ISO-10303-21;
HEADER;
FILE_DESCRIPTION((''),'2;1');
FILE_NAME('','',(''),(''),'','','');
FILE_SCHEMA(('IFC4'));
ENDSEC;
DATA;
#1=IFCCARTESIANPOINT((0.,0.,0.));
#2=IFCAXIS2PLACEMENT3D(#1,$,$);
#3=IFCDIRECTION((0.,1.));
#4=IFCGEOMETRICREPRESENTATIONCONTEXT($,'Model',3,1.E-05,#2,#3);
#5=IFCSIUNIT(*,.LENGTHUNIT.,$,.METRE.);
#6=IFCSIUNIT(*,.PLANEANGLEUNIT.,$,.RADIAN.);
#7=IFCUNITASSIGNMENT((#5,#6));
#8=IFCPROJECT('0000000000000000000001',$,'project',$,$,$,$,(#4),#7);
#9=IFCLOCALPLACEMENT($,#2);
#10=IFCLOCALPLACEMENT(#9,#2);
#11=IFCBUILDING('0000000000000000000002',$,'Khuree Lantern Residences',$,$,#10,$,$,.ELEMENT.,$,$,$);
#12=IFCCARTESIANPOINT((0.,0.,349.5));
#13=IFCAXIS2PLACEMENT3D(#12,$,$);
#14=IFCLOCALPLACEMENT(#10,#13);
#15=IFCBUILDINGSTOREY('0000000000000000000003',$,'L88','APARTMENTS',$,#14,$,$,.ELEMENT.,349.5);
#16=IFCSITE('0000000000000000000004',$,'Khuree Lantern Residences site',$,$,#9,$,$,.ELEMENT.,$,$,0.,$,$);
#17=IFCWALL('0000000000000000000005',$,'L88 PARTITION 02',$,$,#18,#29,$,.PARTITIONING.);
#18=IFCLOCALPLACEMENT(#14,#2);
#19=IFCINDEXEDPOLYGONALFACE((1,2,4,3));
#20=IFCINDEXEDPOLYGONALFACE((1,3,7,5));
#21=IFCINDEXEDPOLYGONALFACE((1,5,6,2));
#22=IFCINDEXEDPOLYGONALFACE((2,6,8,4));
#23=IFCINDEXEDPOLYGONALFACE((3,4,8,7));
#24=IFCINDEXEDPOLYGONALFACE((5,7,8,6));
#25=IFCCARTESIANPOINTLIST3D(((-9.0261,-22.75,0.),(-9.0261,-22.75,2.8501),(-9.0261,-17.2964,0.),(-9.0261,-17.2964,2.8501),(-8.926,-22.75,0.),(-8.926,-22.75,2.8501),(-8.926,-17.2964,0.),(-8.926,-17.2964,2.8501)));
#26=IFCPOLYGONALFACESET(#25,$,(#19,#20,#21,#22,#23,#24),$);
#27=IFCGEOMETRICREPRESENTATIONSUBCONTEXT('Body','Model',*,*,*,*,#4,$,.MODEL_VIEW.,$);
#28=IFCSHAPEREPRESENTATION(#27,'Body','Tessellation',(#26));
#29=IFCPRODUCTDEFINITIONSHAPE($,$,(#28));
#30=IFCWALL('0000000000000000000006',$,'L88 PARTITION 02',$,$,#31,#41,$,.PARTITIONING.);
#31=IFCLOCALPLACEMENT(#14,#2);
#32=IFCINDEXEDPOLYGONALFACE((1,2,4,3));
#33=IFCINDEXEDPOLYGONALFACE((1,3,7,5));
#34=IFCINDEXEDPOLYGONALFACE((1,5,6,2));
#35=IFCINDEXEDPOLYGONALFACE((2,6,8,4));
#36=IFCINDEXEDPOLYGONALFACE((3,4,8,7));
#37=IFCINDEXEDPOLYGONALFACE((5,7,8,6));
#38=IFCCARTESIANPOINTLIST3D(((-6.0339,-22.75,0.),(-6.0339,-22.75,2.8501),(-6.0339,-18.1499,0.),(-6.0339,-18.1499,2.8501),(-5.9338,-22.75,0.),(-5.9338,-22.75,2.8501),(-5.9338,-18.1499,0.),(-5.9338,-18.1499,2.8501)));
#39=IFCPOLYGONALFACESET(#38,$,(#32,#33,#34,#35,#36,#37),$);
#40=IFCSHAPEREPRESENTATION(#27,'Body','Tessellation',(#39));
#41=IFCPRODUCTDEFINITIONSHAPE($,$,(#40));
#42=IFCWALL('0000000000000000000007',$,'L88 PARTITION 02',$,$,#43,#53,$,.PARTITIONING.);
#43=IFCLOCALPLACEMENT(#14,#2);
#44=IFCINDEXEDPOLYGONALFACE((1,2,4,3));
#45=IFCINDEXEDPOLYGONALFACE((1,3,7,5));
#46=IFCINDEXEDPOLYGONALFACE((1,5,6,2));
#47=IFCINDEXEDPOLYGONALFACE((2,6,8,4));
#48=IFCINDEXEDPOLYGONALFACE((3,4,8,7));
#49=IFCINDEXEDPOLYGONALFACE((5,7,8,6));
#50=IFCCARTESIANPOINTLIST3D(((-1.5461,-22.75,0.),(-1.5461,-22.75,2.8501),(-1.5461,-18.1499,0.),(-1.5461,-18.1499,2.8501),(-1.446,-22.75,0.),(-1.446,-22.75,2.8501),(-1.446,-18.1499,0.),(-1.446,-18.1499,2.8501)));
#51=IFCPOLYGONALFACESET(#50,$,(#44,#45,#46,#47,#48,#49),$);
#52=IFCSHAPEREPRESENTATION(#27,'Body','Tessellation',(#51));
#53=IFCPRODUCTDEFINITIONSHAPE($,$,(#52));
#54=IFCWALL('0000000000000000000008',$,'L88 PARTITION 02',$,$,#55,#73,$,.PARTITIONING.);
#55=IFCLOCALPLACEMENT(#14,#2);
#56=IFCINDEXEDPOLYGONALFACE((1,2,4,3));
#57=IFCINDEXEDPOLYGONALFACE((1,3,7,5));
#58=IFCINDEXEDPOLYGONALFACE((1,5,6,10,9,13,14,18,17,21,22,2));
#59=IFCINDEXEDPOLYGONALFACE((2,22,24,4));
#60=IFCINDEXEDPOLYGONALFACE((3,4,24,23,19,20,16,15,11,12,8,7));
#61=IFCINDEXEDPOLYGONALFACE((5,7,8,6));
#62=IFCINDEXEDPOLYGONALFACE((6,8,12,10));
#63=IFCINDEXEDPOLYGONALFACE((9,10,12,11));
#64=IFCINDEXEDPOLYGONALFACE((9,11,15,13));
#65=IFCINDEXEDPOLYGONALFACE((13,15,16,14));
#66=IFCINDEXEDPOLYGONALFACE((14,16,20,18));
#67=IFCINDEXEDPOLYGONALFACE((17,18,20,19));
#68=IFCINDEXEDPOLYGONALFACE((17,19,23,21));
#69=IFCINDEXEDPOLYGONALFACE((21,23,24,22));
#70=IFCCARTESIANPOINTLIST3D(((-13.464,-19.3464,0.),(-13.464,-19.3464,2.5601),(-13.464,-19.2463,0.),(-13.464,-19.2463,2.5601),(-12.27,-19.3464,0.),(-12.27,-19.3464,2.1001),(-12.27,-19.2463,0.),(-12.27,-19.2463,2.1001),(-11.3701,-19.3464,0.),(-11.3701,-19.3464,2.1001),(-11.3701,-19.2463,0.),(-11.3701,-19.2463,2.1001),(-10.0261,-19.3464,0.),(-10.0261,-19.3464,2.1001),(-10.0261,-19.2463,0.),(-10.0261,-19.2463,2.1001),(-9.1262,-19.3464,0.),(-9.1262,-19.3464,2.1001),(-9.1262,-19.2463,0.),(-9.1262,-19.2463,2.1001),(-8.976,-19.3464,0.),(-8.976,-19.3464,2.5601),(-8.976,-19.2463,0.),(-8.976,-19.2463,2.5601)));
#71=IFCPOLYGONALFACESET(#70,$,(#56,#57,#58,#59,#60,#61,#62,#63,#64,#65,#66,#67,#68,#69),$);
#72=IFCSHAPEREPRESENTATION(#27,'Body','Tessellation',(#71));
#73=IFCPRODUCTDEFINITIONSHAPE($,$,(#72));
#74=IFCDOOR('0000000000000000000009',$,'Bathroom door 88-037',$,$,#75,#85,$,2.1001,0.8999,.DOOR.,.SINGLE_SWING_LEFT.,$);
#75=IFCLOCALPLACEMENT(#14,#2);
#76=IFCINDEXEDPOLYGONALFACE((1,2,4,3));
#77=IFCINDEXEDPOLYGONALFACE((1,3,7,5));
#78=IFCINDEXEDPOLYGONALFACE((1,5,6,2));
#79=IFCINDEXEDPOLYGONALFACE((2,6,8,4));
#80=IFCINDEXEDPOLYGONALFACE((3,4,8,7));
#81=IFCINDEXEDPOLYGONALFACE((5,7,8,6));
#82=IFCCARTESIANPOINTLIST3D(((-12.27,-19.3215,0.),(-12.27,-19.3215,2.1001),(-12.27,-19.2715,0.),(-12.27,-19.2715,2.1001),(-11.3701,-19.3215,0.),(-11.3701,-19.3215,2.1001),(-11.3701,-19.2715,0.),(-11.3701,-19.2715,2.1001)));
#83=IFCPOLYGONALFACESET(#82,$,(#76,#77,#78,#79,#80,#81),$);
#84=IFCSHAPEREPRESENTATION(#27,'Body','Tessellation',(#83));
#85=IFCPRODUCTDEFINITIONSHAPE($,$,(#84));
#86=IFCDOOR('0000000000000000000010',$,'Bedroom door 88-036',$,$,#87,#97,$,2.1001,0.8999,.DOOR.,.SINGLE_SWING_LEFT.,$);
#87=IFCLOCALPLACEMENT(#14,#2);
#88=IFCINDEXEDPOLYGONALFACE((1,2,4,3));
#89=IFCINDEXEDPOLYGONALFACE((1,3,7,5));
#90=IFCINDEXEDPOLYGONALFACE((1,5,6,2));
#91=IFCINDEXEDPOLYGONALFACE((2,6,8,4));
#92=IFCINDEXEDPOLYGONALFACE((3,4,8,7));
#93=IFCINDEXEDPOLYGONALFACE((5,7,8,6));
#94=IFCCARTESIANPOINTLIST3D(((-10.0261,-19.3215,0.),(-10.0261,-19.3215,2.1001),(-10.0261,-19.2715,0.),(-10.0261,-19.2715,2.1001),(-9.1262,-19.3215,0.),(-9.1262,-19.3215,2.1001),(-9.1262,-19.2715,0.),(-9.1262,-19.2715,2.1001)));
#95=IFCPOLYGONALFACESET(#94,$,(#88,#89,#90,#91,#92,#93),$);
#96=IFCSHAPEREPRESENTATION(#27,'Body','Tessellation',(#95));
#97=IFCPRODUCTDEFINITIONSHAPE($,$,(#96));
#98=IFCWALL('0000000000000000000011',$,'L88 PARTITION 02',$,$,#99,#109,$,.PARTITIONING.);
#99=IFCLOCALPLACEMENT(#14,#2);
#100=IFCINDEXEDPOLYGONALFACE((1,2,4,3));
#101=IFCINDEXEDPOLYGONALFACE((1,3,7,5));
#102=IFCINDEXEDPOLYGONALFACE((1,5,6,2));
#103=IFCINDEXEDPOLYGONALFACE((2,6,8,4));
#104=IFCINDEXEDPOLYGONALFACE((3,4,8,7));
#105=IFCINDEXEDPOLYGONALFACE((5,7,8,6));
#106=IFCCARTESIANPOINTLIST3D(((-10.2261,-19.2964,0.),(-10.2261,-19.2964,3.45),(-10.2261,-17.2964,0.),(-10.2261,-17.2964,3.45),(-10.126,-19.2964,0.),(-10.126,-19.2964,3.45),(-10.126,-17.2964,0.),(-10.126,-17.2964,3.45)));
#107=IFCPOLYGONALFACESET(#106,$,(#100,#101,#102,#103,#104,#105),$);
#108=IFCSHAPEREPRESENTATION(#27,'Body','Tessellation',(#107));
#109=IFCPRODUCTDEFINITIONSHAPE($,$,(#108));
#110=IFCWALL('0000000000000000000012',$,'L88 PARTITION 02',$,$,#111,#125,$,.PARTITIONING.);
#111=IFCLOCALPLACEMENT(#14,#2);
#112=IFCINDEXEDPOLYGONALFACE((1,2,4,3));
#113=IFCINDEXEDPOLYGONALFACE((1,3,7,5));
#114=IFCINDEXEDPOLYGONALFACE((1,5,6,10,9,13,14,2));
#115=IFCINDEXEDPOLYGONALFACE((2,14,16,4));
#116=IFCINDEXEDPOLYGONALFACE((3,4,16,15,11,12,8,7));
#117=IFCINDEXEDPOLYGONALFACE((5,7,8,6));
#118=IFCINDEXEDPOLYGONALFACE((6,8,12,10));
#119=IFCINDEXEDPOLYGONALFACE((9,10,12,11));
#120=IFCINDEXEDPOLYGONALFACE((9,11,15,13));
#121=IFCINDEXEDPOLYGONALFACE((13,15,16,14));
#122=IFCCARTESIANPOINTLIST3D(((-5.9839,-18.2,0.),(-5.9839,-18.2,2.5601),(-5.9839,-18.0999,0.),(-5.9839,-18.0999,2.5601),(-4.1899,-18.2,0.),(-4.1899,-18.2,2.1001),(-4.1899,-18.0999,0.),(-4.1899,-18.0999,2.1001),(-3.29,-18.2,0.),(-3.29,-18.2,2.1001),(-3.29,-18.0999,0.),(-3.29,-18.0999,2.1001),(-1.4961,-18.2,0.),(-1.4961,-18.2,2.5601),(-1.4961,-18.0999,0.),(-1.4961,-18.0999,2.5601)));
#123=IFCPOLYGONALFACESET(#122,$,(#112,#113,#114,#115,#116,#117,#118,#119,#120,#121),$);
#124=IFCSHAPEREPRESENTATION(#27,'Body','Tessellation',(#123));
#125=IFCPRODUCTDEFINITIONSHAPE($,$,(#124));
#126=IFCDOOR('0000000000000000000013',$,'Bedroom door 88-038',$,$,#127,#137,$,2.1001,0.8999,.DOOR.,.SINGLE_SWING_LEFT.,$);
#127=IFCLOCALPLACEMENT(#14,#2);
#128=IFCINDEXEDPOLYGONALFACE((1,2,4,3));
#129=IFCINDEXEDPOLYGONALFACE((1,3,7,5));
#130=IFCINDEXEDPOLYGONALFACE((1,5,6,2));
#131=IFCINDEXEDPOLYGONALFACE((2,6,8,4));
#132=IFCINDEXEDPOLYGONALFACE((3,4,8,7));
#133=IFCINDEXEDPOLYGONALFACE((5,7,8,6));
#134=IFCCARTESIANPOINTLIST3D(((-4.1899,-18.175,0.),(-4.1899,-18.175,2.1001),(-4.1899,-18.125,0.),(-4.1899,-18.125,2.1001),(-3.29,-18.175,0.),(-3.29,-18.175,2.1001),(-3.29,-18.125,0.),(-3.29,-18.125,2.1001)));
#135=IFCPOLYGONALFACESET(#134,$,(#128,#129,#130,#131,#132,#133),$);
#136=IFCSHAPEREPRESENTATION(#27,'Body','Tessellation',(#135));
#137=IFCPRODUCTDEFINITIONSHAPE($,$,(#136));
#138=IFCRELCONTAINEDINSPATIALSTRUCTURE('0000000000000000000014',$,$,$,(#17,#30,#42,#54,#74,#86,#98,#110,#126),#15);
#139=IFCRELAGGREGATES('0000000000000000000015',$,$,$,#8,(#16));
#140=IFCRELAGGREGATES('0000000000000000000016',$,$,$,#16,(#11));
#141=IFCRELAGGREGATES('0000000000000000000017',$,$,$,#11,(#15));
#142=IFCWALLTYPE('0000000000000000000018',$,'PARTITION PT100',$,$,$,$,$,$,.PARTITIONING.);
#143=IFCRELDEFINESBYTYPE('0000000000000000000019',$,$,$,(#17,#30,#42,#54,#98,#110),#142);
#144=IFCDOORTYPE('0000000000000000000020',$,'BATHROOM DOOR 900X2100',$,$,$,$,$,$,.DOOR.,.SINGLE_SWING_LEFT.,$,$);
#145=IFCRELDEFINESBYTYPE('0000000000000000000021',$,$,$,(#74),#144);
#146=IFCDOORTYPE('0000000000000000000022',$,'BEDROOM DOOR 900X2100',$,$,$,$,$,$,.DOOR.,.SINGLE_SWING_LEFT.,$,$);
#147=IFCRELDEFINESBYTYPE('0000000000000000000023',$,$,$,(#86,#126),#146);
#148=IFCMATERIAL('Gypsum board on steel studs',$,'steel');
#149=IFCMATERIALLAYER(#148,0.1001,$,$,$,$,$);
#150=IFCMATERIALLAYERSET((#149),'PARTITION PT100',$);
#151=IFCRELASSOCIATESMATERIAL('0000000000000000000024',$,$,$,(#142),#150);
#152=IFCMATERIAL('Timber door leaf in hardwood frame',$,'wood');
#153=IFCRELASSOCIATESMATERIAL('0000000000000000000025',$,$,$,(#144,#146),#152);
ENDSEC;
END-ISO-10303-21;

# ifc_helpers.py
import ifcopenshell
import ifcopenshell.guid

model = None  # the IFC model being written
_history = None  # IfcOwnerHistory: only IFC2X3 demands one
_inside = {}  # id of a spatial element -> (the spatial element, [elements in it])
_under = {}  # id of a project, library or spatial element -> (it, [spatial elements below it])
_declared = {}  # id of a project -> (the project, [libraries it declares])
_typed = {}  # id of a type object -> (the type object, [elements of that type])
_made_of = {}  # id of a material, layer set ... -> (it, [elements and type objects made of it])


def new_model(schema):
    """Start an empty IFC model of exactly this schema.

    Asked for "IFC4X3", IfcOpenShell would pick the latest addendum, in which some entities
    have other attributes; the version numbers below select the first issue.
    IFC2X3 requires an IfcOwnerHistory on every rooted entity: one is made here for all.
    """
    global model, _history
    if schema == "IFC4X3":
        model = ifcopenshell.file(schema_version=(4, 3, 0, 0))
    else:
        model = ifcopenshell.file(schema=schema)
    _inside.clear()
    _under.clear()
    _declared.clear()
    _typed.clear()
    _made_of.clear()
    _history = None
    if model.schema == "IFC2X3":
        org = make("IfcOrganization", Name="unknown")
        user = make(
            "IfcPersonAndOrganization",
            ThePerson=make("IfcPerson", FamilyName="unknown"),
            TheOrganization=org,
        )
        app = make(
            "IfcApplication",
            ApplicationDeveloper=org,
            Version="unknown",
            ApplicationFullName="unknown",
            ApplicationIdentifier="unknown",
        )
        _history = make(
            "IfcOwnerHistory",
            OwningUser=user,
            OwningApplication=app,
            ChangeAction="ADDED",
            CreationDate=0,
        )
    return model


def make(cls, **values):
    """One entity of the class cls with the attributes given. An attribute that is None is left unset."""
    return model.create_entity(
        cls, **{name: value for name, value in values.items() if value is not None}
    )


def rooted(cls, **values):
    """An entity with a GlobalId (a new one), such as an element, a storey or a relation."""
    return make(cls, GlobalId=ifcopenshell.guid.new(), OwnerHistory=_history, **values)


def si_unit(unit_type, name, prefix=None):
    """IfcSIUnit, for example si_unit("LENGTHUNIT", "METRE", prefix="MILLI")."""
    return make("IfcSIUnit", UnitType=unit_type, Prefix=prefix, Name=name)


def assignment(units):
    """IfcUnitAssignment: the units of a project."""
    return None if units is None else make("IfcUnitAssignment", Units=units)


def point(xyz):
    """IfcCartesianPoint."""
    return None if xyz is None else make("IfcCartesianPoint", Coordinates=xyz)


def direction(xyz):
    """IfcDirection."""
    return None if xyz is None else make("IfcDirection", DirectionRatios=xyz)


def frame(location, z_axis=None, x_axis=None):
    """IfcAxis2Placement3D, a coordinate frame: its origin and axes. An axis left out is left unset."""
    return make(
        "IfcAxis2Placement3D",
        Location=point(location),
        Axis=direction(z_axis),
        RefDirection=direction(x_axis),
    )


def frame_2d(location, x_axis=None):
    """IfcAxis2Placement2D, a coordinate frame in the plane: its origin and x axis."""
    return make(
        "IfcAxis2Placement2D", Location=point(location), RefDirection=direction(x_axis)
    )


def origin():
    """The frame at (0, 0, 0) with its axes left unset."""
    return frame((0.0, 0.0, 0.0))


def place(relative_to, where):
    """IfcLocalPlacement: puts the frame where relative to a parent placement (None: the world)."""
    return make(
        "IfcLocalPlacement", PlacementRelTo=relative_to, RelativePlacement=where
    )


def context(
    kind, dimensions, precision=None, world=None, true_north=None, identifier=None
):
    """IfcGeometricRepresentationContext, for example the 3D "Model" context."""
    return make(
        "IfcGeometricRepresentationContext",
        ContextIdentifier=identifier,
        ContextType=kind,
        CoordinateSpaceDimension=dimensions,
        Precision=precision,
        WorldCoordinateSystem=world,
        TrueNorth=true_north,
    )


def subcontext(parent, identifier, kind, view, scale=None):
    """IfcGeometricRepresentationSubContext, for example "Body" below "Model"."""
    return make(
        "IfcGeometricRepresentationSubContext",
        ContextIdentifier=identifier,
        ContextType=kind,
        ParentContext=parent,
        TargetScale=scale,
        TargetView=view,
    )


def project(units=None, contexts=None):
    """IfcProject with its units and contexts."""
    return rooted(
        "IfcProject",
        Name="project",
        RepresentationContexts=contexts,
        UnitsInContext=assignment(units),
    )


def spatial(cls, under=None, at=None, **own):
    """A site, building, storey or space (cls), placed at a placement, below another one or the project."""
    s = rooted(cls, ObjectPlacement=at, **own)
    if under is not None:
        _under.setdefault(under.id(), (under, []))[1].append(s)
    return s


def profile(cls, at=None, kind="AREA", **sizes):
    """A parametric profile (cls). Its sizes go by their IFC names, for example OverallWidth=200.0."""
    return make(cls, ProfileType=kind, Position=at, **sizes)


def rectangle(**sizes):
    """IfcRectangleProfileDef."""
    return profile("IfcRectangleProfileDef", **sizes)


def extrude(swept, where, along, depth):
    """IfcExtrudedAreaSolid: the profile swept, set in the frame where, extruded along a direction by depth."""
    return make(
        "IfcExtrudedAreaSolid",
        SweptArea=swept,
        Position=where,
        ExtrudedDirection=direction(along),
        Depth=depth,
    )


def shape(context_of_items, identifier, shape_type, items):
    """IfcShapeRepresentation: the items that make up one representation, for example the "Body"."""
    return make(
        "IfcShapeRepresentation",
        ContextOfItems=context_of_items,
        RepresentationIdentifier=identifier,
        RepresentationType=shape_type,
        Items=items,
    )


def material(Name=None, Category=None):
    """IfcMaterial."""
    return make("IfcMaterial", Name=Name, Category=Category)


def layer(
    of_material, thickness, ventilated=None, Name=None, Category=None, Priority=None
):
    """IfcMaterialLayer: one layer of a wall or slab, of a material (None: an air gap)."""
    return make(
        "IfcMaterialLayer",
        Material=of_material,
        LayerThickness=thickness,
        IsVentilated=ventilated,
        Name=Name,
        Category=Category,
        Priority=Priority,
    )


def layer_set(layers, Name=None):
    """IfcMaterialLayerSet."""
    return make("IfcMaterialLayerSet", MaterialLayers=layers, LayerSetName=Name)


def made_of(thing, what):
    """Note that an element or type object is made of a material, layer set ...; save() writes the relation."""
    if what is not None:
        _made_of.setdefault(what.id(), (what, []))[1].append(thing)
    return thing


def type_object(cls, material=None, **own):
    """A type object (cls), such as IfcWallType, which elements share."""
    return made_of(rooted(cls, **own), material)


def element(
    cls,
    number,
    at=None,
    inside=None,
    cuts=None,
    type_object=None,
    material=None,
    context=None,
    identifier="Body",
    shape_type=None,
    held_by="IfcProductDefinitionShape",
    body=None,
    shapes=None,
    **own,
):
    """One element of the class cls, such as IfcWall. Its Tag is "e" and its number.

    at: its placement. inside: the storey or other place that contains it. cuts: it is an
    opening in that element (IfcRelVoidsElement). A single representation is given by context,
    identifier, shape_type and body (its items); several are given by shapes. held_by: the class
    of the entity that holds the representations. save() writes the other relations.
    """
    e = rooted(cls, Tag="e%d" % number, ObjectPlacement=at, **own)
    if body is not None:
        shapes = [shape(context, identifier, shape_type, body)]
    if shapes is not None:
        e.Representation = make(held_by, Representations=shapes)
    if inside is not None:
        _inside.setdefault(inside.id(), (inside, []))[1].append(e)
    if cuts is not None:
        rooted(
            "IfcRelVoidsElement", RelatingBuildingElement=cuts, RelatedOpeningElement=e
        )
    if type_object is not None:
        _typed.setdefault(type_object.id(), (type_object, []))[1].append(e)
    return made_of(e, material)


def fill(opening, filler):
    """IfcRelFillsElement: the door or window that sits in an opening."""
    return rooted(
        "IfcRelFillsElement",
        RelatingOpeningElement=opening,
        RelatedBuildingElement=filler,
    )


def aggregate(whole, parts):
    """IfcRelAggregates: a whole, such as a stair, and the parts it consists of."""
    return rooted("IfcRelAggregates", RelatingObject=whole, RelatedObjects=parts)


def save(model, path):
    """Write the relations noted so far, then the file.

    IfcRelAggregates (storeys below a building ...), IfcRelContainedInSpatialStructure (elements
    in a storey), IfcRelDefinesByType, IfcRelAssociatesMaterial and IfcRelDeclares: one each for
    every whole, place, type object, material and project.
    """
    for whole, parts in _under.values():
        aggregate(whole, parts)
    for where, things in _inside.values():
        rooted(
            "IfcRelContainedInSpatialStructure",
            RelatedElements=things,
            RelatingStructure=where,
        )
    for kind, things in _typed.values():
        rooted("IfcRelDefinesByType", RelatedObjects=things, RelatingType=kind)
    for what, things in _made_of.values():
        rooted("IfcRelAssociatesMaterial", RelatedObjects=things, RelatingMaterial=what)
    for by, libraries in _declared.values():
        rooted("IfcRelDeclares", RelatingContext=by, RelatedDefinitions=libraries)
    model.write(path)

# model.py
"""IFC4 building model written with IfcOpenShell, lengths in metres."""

from ifc_helpers import new_model, si_unit, direction, frame, frame_2d, origin, place, context, subcontext, project, spatial, rectangle, extrude, material, layer, layer_set, type_object, element, fill, save


model = new_model("IFC4")

# Units and contexts
model_context = context("Model", 3, precision=1e-05, world=origin(), true_north=direction((0.0, 1.0)))
body_context = subcontext(model_context, "Body", "Model", "MODEL_VIEW")
ifc_project = project(units=[si_unit("LENGTHUNIT", "METRE"), si_unit("PLANEANGLEUNIT", "RADIAN")], contexts=[model_context])

# Site, building, storey
site_placement = place(None, origin())
site = spatial("IfcSite", under=ifc_project, at=site_placement, Name="Khuree Lantern Residences site", CompositionType="ELEMENT", RefElevation=0.0)
building_placement = place(site_placement, origin())
building = spatial("IfcBuilding", under=site, at=building_placement, Name="Khuree Lantern Residences", CompositionType="ELEMENT")
storey_placement = place(building_placement, frame((0.0, 0.0, 349.5)))
storey = spatial("IfcBuildingStorey", under=building, at=storey_placement, Name="L88", Description="APARTMENTS", CompositionType="ELEMENT", Elevation=349.5)

# Walls
ifc_material_1 = material(Name="Gypsum board on steel studs", Category="steel")
ifc_layer_1 = layer(ifc_material_1, 0.1001)
ifc_layer_set_1 = layer_set([ifc_layer_1], Name="PARTITION PT100")
wall_type_1 = type_object("IfcWallType", Name="PARTITION PT100", PredefinedType="PARTITIONING", material=ifc_layer_set_1)
for number, where, z_axis, x_axis, name in (
    (1, (-8.9761, -17.2964, 0.0), (0.0, 0.0, 1.0), (0.0, -1.0, 0.0), "L88 PARTITION 02"),
):
    element("IfcWall", number, at=place(storey_placement, frame(where, z_axis=z_axis, x_axis=x_axis)), inside=storey, type_object=wall_type_1, Name=name, PredefinedType="PARTITIONING", context=body_context, shape_type="SweptSolid", body=[
        extrude(rectangle(XDim=5.4536, YDim=0.1001, at=frame_2d((2.7268, 0.0))), origin(), (0.0, 0.0, 1.0), 2.8501),
    ])
for number, where, z_axis, x_axis, name in (
    (2, (-5.9839, -18.1499, 0.0), (0.0, 0.0, 1.0), (0.0, -1.0, 0.0), "L88 PARTITION 02"),
    (3, (-1.4961, -18.1499, 0.0), (0.0, 0.0, 1.0), (0.0, -1.0, 0.0), "L88 PARTITION 02"),
):
    element("IfcWall", number, at=place(storey_placement, frame(where, z_axis=z_axis, x_axis=x_axis)), inside=storey, type_object=wall_type_1, Name=name, PredefinedType="PARTITIONING", context=body_context, shape_type="SweptSolid", body=[
        extrude(rectangle(XDim=4.6001, YDim=0.1001, at=frame_2d((2.3, 0.0))), origin(), (0.0, 0.0, 1.0), 2.8501),
    ])

# Wall, openings, doors
wall_1_placement = place(storey_placement, frame((-13.4641, -19.2964, 0.0), z_axis=(0.0, 0.0, 1.0), x_axis=(1.0, 0.0, 0.0)))
wall_1 = element("IfcWall", 4, at=wall_1_placement, inside=storey, type_object=wall_type_1, Name="L88 PARTITION 02", PredefinedType="PARTITIONING", context=body_context, shape_type="SweptSolid", body=[
    extrude(rectangle(XDim=4.488, YDim=0.1001, at=frame_2d((2.2441, 0.0))), origin(), (0.0, 0.0, 1.0), 2.5601),
])
opening_1_placement = place(wall_1_placement, frame((3.438, 0.0, 0.0)))
opening_1 = element("IfcOpeningElement", 5, at=opening_1_placement, cuts=wall_1, PredefinedType="OPENING", context=body_context, shape_type="SweptSolid", body=[
    extrude(rectangle(XDim=0.8999, YDim=2.1001, at=frame_2d((0.45, 1.05))), frame((0.0, 0.0601, 0.0), z_axis=(0.0, -1.0, 0.0), x_axis=(1.0, 0.0, 0.0)), (0.0, 0.0, 1.0), 0.1201),
])
opening_2_placement = place(wall_1_placement, frame((1.1941, 0.0, 0.0)))
opening_2 = element("IfcOpeningElement", 6, at=opening_2_placement, cuts=wall_1, PredefinedType="OPENING", context=body_context, shape_type="SweptSolid", body=[
    extrude(rectangle(XDim=0.8999, YDim=2.1001, at=frame_2d((0.45, 1.05))), frame((0.0, 0.0601, 0.0), z_axis=(0.0, -1.0, 0.0), x_axis=(1.0, 0.0, 0.0)), (0.0, 0.0, 1.0), 0.1201),
])
ifc_material_2 = material(Name="Timber door leaf in hardwood frame", Category="wood")
door_type_1 = type_object("IfcDoorType", Name="BATHROOM DOOR 900X2100", OperationType="SINGLE_SWING_LEFT", PredefinedType="DOOR", material=ifc_material_2)
door_1_placement = place(opening_2_placement, origin())
door_1 = element("IfcDoor", 7, at=door_1_placement, inside=storey, type_object=door_type_1, Name="Bathroom door 88-037", OperationType="SINGLE_SWING_LEFT", OverallHeight=2.1001, OverallWidth=0.8999, PredefinedType="DOOR", context=body_context, shape_type="SweptSolid", body=[
    extrude(rectangle(XDim=0.8999, YDim=2.1001, at=frame_2d((0.45, 1.05))), frame((0.0, 0.0249, 0.0), z_axis=(0.0, -1.0, 0.0), x_axis=(1.0, 0.0, 0.0)), (0.0, 0.0, 1.0), 0.05),
])
fill(opening_2, door_1)
door_type_2 = type_object("IfcDoorType", Name="BEDROOM DOOR 900X2100", OperationType="SINGLE_SWING_LEFT", PredefinedType="DOOR", material=ifc_material_2)
door_2_placement = place(opening_1_placement, origin())
door_2 = element("IfcDoor", 8, at=door_2_placement, inside=storey, type_object=door_type_2, Name="Bedroom door 88-036", OperationType="SINGLE_SWING_LEFT", OverallHeight=2.1001, OverallWidth=0.8999, PredefinedType="DOOR", context=body_context, shape_type="SweptSolid", body=[
    extrude(rectangle(XDim=0.8999, YDim=2.1001, at=frame_2d((0.45, 1.05))), frame((0.0, 0.0249, 0.0), z_axis=(0.0, -1.0, 0.0), x_axis=(1.0, 0.0, 0.0)), (0.0, 0.0, 1.0), 0.05),
])
fill(opening_1, door_2)

# Wall
wall_2_placement = place(storey_placement, frame((-10.176, -17.2964, 0.0), z_axis=(0.0, 0.0, 1.0), x_axis=(0.0, -1.0, 0.0)))
element("IfcWall", 9, at=wall_2_placement, inside=storey, type_object=wall_type_1, Name="L88 PARTITION 02", PredefinedType="PARTITIONING", context=body_context, shape_type="SweptSolid", body=[
    extrude(rectangle(XDim=2.0, YDim=0.1001, at=frame_2d((1.0, 0.0))), origin(), (0.0, 0.0, 1.0), 3.45),
])

# Wall, opening, door
wall_3_placement = place(storey_placement, frame((-5.9839, -18.1499, 0.0), z_axis=(0.0, 0.0, 1.0), x_axis=(1.0, 0.0, 0.0)))
wall_3 = element("IfcWall", 10, at=wall_3_placement, inside=storey, type_object=wall_type_1, Name="L88 PARTITION 02", PredefinedType="PARTITIONING", context=body_context, shape_type="SweptSolid", body=[
    extrude(rectangle(XDim=4.4878, YDim=0.1001, at=frame_2d((2.2439, 0.0))), origin(), (0.0, 0.0, 1.0), 2.5601),
])
opening_3_placement = place(wall_3_placement, frame((1.7939, 0.0, 0.0)))
opening_3 = element("IfcOpeningElement", 11, at=opening_3_placement, cuts=wall_3, PredefinedType="OPENING", context=body_context, shape_type="SweptSolid", body=[
    extrude(rectangle(XDim=0.8999, YDim=2.1001, at=frame_2d((0.45, 1.05))), frame((0.0, 0.0601, 0.0), z_axis=(0.0, -1.0, 0.0), x_axis=(1.0, 0.0, 0.0)), (0.0, 0.0, 1.0), 0.1201),
])
door_3_placement = place(opening_3_placement, origin())
door_3 = element("IfcDoor", 12, at=door_3_placement, inside=storey, type_object=door_type_2, Name="Bedroom door 88-038", OperationType="SINGLE_SWING_LEFT", OverallHeight=2.1001, OverallWidth=0.8999, PredefinedType="DOOR", context=body_context, shape_type="SweptSolid", body=[
    extrude(rectangle(XDim=0.8999, YDim=2.1001, at=frame_2d((0.45, 1.05))), frame((0.0, 0.0249, 0.0), z_axis=(0.0, -1.0, 0.0), x_axis=(1.0, 0.0, 0.0)), (0.0, 0.0, 1.0), 0.05),
])
fill(opening_3, door_3)

save(model, "model.ifc")
